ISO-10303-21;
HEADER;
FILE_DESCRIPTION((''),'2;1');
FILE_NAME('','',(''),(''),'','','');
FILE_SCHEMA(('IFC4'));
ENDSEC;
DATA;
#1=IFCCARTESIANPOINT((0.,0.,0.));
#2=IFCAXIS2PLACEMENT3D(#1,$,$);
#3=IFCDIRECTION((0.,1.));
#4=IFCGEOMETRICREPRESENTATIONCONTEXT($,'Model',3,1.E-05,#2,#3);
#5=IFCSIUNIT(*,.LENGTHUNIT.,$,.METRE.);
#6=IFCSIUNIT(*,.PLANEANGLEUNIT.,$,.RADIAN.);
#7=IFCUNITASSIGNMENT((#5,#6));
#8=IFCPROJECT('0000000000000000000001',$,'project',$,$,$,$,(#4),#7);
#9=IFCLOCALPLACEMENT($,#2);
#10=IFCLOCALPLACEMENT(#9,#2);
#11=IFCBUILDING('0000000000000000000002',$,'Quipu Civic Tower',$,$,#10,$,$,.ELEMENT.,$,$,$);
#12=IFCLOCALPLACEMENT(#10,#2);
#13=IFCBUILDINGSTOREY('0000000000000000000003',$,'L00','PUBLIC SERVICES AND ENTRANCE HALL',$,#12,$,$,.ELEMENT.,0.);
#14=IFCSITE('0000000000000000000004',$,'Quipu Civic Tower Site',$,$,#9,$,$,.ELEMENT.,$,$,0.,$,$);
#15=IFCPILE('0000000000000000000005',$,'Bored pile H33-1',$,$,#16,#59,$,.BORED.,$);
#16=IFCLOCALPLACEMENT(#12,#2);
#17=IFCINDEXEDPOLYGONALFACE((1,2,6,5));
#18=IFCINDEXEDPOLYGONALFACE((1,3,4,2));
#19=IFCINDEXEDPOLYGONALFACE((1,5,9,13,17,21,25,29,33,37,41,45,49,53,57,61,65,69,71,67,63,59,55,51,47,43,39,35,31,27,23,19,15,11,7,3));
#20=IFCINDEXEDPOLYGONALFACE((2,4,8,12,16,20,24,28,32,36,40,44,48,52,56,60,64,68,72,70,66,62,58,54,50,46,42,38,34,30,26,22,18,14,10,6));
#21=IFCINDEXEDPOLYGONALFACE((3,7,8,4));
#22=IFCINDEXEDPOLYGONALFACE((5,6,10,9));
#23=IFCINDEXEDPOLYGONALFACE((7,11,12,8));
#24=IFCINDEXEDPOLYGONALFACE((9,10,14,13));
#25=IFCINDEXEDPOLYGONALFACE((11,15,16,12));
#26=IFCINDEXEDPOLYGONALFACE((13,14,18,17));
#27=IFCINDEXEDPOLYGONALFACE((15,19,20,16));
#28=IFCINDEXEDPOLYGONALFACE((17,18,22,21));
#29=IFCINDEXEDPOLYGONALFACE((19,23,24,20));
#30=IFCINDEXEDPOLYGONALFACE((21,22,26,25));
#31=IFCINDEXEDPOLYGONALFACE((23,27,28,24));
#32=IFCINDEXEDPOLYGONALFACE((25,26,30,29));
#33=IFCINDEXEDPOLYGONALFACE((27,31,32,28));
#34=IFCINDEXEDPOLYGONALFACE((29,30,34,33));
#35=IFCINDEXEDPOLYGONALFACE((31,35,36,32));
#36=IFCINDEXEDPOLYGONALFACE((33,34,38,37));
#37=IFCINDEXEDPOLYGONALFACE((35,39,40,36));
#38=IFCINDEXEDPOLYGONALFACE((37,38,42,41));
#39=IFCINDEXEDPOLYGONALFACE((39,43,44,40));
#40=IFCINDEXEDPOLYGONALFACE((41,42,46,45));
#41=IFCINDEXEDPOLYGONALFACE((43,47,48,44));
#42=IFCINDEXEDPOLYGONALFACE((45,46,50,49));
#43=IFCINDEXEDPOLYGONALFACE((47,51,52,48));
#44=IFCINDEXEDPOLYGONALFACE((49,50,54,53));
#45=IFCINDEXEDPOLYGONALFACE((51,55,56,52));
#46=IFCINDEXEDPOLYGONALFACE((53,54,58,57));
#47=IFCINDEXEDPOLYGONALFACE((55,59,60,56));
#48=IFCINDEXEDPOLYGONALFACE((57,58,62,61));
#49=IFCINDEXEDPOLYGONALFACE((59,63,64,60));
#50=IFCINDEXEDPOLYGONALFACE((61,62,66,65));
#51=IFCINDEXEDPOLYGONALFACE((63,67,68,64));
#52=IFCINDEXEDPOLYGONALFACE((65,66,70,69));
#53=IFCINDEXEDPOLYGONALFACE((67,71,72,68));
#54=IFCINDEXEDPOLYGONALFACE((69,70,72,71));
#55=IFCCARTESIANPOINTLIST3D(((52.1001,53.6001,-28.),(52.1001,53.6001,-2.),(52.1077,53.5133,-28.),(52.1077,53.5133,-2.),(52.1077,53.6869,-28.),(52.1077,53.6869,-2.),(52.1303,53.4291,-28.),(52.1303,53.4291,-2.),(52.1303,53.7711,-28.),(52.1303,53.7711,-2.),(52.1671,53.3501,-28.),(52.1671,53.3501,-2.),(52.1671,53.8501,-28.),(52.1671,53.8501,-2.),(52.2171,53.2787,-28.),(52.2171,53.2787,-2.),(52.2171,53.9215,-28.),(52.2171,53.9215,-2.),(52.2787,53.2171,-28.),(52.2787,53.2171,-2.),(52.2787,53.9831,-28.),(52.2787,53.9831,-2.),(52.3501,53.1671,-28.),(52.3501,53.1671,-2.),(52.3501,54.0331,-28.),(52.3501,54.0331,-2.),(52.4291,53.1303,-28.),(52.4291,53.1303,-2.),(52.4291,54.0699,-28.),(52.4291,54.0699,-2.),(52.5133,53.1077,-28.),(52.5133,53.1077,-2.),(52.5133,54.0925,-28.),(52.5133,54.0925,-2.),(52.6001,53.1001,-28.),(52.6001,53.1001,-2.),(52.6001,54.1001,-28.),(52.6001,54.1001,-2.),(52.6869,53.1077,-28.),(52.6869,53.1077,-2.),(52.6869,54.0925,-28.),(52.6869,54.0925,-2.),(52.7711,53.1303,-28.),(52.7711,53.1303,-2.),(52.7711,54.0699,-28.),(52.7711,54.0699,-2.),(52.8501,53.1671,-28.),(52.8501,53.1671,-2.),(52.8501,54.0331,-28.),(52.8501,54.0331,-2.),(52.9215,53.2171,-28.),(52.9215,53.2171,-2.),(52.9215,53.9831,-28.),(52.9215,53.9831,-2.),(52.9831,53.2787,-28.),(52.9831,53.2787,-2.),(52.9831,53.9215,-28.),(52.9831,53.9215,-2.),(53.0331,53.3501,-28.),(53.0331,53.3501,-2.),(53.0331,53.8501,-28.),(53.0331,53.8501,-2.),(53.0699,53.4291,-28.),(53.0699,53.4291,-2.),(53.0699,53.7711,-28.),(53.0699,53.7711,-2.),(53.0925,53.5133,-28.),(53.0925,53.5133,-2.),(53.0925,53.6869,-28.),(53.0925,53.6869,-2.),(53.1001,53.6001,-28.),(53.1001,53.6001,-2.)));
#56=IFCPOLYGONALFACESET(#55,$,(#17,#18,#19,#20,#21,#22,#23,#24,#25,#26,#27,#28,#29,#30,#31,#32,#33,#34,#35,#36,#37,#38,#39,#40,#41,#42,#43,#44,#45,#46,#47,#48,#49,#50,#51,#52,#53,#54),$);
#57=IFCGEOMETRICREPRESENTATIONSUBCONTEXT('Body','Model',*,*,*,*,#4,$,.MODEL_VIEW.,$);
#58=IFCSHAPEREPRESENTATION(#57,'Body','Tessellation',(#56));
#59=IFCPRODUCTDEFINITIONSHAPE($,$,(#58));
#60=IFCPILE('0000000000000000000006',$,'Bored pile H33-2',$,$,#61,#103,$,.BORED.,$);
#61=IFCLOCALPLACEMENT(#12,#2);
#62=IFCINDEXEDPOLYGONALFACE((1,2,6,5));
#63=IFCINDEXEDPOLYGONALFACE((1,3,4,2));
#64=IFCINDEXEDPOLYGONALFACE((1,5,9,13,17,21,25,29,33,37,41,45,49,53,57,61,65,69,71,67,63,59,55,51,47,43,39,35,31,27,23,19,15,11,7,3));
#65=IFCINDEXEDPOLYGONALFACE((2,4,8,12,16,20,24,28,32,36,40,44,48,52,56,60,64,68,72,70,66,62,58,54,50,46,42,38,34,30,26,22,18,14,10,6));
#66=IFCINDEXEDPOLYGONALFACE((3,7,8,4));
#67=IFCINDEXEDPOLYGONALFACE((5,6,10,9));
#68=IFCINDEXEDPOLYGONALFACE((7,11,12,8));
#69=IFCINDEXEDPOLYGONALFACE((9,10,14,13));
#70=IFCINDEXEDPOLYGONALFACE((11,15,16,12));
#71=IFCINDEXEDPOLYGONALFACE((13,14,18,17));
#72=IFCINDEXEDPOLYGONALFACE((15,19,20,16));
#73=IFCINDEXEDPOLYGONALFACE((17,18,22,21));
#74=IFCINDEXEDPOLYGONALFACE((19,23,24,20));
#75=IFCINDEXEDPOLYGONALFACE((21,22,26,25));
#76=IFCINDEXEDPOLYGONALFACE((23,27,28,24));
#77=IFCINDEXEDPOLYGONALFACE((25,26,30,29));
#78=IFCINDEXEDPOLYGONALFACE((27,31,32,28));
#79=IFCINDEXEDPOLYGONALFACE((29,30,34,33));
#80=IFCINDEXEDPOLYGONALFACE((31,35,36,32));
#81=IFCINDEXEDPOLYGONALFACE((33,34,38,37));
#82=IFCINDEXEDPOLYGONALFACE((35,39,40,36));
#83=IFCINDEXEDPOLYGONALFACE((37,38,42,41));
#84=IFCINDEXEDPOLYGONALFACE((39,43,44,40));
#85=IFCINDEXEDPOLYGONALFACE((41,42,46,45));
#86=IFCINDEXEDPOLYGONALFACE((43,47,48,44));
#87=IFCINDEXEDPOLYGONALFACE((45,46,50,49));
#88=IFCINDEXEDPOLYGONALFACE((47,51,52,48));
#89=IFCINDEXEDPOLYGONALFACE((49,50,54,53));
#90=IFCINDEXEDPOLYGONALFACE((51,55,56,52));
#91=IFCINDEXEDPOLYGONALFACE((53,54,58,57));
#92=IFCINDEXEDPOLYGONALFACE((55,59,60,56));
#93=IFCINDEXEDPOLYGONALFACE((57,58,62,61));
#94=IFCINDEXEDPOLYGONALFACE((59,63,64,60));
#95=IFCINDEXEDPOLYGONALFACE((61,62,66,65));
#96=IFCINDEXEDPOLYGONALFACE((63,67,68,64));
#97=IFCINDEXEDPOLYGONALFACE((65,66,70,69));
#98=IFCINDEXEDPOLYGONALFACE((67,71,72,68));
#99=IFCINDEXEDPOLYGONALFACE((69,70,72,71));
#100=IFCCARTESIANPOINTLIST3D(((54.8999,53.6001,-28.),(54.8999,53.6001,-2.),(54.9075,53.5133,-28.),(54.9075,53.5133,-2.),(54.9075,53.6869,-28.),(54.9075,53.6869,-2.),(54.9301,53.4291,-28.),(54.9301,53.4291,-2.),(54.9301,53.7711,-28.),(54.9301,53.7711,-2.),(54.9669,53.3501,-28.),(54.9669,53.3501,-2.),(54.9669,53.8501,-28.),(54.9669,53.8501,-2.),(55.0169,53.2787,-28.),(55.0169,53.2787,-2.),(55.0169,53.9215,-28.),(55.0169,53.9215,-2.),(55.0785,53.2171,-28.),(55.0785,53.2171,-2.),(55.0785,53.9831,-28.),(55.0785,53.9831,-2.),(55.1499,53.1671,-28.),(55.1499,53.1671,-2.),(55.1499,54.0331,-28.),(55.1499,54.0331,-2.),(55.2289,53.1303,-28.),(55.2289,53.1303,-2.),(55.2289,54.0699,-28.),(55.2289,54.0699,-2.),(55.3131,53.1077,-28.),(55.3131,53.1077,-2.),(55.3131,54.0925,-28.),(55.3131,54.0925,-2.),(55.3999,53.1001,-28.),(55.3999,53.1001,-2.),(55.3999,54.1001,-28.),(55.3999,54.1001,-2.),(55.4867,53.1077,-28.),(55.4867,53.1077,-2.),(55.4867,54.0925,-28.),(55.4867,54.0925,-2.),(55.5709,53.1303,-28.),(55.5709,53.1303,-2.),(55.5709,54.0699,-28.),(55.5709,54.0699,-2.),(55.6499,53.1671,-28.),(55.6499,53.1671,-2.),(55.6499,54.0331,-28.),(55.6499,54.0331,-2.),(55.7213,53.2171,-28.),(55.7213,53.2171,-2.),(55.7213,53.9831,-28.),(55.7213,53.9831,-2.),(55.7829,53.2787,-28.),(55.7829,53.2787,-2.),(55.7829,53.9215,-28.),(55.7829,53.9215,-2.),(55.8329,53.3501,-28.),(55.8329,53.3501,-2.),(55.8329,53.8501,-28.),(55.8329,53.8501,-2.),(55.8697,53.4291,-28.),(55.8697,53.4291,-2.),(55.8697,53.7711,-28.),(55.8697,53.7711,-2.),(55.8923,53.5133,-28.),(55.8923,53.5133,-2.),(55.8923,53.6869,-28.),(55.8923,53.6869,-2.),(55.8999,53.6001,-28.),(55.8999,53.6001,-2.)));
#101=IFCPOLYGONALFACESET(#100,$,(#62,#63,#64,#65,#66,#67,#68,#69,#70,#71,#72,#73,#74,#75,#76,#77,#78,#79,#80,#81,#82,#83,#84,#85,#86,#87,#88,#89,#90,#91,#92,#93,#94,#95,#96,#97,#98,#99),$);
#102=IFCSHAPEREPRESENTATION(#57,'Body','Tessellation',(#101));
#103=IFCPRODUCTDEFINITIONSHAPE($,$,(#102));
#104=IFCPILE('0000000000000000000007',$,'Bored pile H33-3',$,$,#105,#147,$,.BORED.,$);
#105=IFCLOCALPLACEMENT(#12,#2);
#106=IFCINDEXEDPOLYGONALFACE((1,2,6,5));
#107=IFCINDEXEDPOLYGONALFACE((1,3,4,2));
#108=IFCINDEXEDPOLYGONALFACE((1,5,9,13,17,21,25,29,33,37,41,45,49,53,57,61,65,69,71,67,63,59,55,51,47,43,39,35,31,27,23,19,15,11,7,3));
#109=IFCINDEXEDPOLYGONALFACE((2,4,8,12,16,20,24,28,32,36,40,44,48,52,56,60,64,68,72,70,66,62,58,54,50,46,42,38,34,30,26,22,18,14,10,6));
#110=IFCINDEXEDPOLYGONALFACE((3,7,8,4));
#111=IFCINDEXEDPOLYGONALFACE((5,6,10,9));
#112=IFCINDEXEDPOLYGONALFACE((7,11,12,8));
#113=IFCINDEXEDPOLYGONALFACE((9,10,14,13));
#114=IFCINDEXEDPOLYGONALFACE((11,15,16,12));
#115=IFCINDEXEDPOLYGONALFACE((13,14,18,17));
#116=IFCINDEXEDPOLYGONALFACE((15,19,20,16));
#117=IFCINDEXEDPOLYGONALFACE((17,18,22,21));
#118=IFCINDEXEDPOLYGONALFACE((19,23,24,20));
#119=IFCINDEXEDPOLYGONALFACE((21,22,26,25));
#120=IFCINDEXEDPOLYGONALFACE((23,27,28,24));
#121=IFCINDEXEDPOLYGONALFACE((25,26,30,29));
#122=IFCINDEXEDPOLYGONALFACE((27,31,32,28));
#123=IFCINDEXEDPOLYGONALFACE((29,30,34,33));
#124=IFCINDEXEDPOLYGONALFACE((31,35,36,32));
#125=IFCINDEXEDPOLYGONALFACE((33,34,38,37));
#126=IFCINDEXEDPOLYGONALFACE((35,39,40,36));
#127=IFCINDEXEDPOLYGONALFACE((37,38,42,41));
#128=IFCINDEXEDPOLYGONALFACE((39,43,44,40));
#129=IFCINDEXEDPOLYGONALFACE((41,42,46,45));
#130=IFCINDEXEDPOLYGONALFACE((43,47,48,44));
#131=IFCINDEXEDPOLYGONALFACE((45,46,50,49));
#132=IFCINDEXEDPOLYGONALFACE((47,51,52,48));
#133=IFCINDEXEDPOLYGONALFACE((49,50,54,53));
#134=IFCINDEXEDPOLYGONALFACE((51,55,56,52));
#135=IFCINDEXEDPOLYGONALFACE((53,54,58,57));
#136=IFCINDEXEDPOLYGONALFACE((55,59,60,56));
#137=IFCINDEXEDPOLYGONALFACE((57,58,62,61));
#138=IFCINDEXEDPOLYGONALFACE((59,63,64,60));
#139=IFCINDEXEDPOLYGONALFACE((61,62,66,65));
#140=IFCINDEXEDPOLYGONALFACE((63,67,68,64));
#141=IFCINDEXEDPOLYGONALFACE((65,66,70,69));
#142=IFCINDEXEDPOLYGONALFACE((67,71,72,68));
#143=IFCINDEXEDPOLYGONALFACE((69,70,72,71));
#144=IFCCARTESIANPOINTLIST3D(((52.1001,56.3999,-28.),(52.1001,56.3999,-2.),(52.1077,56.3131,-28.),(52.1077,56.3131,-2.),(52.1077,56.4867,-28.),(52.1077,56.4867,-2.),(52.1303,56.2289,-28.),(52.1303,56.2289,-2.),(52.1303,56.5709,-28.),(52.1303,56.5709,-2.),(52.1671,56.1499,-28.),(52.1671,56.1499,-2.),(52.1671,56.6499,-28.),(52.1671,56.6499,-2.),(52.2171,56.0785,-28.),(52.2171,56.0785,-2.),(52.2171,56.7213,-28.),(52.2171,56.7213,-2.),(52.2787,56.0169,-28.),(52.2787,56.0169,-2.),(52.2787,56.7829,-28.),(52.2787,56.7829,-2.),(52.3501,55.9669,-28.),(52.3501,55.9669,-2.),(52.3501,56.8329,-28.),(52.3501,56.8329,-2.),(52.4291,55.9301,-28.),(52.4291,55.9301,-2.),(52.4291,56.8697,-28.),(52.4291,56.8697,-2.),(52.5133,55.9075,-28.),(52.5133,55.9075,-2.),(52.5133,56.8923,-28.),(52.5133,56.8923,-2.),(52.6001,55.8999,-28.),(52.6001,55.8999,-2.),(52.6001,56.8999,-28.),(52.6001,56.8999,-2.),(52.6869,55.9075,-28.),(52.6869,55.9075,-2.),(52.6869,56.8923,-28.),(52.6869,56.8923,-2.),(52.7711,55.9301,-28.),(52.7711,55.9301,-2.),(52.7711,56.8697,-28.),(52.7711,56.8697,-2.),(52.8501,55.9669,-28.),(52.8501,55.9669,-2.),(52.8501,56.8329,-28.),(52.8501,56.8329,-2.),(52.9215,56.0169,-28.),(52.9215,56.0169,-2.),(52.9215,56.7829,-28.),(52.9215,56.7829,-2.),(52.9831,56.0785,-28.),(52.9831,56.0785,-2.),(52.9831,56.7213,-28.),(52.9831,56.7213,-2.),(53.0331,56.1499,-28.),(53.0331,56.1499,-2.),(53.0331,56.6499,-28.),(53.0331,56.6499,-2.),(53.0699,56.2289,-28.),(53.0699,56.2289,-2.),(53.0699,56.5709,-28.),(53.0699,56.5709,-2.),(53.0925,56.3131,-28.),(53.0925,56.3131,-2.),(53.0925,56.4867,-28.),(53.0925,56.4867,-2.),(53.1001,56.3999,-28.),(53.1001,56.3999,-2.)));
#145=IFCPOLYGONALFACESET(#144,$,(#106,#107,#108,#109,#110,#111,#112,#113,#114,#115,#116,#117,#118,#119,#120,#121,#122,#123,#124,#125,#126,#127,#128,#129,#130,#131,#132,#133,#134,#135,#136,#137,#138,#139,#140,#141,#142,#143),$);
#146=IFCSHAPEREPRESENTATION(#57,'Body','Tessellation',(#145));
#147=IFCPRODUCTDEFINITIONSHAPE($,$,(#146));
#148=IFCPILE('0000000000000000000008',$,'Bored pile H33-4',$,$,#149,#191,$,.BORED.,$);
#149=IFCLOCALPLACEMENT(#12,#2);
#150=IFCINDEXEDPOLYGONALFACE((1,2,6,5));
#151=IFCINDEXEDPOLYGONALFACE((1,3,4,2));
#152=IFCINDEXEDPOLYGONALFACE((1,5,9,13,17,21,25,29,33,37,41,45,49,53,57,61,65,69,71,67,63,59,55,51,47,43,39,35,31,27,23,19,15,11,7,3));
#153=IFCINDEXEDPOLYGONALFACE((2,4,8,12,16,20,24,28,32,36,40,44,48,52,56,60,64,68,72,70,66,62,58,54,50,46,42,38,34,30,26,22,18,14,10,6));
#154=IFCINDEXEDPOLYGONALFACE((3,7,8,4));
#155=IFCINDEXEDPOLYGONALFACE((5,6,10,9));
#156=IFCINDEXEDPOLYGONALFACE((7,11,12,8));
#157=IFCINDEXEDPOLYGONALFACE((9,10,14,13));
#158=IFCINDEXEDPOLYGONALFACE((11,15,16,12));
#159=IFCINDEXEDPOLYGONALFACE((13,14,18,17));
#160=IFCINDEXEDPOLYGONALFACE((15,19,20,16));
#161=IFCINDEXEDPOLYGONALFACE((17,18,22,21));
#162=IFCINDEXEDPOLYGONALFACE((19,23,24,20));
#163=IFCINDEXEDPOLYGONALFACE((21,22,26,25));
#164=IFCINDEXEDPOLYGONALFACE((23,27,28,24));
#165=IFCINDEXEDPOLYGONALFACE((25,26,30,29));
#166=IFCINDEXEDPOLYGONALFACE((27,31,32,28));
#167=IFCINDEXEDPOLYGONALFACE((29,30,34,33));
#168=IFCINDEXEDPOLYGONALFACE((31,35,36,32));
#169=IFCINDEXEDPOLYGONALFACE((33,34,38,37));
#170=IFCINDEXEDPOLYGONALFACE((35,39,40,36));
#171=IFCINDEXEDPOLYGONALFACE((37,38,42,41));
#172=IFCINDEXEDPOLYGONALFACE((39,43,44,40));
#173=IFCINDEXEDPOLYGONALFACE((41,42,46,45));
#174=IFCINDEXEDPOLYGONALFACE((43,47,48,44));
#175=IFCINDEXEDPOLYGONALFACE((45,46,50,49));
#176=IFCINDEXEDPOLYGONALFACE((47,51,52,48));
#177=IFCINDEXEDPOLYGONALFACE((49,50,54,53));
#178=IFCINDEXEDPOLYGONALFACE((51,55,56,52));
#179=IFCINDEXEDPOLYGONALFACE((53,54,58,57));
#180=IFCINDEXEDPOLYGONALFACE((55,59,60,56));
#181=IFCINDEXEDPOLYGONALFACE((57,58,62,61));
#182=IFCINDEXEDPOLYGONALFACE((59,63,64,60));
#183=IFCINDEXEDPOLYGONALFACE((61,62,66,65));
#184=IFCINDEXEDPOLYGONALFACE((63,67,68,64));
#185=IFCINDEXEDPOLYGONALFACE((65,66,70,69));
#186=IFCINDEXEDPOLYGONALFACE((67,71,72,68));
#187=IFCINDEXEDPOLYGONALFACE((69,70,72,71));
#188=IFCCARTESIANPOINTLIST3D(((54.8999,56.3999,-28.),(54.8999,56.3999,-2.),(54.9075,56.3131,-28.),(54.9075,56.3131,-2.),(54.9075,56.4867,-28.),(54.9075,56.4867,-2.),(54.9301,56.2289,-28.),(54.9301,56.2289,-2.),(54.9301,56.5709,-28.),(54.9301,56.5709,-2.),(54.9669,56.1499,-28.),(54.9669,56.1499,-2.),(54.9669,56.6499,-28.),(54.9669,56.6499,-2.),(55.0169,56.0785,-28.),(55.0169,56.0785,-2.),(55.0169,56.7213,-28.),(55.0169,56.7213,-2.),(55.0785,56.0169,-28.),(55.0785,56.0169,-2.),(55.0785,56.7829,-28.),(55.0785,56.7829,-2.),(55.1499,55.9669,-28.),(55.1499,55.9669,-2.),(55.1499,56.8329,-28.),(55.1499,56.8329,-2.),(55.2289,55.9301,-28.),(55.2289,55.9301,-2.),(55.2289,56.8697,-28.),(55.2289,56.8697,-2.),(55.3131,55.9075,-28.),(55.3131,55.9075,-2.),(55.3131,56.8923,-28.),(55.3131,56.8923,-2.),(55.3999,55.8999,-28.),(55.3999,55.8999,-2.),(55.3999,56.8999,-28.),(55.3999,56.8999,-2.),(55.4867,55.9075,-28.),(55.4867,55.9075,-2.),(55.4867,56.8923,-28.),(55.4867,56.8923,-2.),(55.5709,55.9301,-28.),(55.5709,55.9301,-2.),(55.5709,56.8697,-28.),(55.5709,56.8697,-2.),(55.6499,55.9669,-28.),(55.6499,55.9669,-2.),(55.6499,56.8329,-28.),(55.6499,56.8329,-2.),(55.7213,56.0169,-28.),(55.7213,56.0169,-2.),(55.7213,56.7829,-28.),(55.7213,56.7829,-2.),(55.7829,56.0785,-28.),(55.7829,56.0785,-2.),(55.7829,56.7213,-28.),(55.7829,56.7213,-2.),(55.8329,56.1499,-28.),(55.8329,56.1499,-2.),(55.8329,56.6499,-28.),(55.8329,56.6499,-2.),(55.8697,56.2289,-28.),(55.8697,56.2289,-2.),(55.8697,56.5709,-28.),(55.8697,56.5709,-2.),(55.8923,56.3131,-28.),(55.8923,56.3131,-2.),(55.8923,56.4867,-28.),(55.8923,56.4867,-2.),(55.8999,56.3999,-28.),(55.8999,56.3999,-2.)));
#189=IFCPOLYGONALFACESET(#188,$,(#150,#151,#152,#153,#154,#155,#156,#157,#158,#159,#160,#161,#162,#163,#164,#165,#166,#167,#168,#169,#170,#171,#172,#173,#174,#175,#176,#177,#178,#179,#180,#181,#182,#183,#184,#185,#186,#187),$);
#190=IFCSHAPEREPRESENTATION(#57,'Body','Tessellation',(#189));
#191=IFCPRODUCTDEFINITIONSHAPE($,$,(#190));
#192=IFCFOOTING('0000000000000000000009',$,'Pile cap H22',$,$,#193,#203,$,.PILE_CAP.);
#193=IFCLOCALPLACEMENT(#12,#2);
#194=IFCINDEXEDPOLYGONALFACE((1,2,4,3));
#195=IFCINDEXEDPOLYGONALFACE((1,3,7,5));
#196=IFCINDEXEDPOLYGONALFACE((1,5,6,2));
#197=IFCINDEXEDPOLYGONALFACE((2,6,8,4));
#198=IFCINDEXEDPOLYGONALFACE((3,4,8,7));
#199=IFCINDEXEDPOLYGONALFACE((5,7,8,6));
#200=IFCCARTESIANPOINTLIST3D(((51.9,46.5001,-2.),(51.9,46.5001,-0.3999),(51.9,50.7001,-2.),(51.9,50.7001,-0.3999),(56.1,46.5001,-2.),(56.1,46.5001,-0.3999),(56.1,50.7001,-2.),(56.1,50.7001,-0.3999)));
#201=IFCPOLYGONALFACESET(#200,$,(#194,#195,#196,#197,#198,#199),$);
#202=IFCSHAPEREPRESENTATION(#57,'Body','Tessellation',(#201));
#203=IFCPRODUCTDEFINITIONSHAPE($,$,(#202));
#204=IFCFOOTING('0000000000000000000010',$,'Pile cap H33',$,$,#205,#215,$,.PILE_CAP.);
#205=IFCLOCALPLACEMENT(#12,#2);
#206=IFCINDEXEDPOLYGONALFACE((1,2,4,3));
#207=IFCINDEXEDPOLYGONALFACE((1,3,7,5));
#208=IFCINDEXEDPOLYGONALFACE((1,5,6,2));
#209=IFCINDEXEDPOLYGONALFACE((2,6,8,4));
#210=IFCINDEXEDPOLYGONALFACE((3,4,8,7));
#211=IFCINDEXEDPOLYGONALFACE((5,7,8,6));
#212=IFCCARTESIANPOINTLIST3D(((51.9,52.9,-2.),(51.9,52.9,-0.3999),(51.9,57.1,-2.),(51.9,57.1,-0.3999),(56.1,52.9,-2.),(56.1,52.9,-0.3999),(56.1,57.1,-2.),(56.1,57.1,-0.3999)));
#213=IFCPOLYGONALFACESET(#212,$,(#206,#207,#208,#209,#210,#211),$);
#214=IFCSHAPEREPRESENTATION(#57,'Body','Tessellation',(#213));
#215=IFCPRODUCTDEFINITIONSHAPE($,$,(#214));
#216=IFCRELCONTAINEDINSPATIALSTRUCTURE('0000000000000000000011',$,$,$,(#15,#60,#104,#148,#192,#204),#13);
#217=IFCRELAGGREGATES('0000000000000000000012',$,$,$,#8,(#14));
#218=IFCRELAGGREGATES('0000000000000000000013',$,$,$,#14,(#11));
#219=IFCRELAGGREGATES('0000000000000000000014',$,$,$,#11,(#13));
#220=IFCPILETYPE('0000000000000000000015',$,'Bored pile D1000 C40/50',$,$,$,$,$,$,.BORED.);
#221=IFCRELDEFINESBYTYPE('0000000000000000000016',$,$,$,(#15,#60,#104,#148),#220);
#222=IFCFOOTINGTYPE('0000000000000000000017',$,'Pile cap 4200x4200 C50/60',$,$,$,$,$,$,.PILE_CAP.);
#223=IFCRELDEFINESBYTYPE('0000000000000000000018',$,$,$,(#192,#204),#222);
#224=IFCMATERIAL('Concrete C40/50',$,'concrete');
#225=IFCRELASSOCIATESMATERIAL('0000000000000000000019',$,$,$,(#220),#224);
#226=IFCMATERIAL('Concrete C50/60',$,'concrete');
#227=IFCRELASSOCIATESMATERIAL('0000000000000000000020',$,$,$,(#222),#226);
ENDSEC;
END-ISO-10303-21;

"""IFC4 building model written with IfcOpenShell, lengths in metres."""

from ifc_helpers import new_model, si_unit, direction, frame, origin, origin_2d, place, context, subcontext, project, spatial, rectangle, circle, extrude, material, material_profile, profile_set, type_object, element, save


model = new_model("IFC4")

# Units and contexts
model_context = context("Model", 3, precision=1e-05, world=origin(), true_north=direction((0.0, 1.0)))
body_context = subcontext(model_context, "Body", "Model", "MODEL_VIEW")
ifc_project = project(units=[si_unit("LENGTHUNIT", "METRE"), si_unit("PLANEANGLEUNIT", "RADIAN")], contexts=[model_context])

# Site, building, storey
site_placement = place(None, origin())
site = spatial("IfcSite", under=ifc_project, at=site_placement, Name="Quipu Civic Tower Site", CompositionType="ELEMENT", RefElevation=0.0)
building_placement = place(site_placement, origin())
building = spatial("IfcBuilding", under=site, at=building_placement, Name="Quipu Civic Tower", CompositionType="ELEMENT")
storey_placement = place(building_placement, origin())
storey = spatial("IfcBuildingStorey", under=building, at=storey_placement, Name="L00", Description="PUBLIC SERVICES AND ENTRANCE HALL", CompositionType="ELEMENT", Elevation=0.0)

# Piles
ifc_material_1 = material(Name="Concrete C40/50", Category="concrete")
ifc_material_profile_1 = material_profile(ifc_material_1, circle(Radius=0.5, at=origin_2d()), Name="RCD1000")
ifc_profile_set_1 = profile_set([ifc_material_profile_1], Name="Concrete C40/50")
pile_type = type_object("IfcPileType", Name="Bored pile D1000 C40/50", PredefinedType="BORED", material=ifc_profile_set_1)
for number, where, z_axis, x_axis, name in (
    (1, (52.6001, 53.6001, -2.0), (0.0, 0.0, -1.0), (1.0, 0.0, 0.0), "Bored pile H33-1"),
    (2, (55.3999, 53.6001, -2.0), (0.0, 0.0, -1.0), (1.0, 0.0, 0.0), "Bored pile H33-2"),
    (3, (52.6001, 56.3999, -2.0), (0.0, 0.0, -1.0), (1.0, 0.0, 0.0), "Bored pile H33-3"),
    (4, (55.3999, 56.3999, -2.0), (0.0, 0.0, -1.0), (1.0, 0.0, 0.0), "Bored pile H33-4"),
):
    element("IfcPile", number, at=place(storey_placement, frame(where, z_axis=z_axis, x_axis=x_axis)), inside=storey, type_object=pile_type, Name=name, PredefinedType="BORED", context=body_context, shape_type="SweptSolid", body=[
        extrude(circle(Radius=0.5, at=origin_2d()), origin(), (0.0, 0.0, 1.0), 26.0),
    ])

# Footings
ifc_material_2 = material(Name="Concrete C50/60", Category="concrete")
footing_type = type_object("IfcFootingType", Name="Pile cap 4200x4200 C50/60", PredefinedType="PILE_CAP", material=ifc_material_2)
for number, where, z_axis, x_axis, name in (
    (5, (54.0, 48.6001, -2.0), (0.0, 0.0, 1.0), (1.0, 0.0, 0.0), "Pile cap H22"),
    (6, (54.0, 55.0, -2.0), (0.0, 0.0, 1.0), (1.0, 0.0, 0.0), "Pile cap H33"),
):
    element("IfcFooting", number, at=place(storey_placement, frame(where, z_axis=z_axis, x_axis=x_axis)), inside=storey, type_object=footing_type, Name=name, PredefinedType="PILE_CAP", context=body_context, shape_type="SweptSolid", body=[
        extrude(rectangle(XDim=4.2, YDim=4.2, at=origin_2d()), origin(), (0.0, 0.0, 1.0), 1.6001),
    ])

save(model, "model.ifc")
